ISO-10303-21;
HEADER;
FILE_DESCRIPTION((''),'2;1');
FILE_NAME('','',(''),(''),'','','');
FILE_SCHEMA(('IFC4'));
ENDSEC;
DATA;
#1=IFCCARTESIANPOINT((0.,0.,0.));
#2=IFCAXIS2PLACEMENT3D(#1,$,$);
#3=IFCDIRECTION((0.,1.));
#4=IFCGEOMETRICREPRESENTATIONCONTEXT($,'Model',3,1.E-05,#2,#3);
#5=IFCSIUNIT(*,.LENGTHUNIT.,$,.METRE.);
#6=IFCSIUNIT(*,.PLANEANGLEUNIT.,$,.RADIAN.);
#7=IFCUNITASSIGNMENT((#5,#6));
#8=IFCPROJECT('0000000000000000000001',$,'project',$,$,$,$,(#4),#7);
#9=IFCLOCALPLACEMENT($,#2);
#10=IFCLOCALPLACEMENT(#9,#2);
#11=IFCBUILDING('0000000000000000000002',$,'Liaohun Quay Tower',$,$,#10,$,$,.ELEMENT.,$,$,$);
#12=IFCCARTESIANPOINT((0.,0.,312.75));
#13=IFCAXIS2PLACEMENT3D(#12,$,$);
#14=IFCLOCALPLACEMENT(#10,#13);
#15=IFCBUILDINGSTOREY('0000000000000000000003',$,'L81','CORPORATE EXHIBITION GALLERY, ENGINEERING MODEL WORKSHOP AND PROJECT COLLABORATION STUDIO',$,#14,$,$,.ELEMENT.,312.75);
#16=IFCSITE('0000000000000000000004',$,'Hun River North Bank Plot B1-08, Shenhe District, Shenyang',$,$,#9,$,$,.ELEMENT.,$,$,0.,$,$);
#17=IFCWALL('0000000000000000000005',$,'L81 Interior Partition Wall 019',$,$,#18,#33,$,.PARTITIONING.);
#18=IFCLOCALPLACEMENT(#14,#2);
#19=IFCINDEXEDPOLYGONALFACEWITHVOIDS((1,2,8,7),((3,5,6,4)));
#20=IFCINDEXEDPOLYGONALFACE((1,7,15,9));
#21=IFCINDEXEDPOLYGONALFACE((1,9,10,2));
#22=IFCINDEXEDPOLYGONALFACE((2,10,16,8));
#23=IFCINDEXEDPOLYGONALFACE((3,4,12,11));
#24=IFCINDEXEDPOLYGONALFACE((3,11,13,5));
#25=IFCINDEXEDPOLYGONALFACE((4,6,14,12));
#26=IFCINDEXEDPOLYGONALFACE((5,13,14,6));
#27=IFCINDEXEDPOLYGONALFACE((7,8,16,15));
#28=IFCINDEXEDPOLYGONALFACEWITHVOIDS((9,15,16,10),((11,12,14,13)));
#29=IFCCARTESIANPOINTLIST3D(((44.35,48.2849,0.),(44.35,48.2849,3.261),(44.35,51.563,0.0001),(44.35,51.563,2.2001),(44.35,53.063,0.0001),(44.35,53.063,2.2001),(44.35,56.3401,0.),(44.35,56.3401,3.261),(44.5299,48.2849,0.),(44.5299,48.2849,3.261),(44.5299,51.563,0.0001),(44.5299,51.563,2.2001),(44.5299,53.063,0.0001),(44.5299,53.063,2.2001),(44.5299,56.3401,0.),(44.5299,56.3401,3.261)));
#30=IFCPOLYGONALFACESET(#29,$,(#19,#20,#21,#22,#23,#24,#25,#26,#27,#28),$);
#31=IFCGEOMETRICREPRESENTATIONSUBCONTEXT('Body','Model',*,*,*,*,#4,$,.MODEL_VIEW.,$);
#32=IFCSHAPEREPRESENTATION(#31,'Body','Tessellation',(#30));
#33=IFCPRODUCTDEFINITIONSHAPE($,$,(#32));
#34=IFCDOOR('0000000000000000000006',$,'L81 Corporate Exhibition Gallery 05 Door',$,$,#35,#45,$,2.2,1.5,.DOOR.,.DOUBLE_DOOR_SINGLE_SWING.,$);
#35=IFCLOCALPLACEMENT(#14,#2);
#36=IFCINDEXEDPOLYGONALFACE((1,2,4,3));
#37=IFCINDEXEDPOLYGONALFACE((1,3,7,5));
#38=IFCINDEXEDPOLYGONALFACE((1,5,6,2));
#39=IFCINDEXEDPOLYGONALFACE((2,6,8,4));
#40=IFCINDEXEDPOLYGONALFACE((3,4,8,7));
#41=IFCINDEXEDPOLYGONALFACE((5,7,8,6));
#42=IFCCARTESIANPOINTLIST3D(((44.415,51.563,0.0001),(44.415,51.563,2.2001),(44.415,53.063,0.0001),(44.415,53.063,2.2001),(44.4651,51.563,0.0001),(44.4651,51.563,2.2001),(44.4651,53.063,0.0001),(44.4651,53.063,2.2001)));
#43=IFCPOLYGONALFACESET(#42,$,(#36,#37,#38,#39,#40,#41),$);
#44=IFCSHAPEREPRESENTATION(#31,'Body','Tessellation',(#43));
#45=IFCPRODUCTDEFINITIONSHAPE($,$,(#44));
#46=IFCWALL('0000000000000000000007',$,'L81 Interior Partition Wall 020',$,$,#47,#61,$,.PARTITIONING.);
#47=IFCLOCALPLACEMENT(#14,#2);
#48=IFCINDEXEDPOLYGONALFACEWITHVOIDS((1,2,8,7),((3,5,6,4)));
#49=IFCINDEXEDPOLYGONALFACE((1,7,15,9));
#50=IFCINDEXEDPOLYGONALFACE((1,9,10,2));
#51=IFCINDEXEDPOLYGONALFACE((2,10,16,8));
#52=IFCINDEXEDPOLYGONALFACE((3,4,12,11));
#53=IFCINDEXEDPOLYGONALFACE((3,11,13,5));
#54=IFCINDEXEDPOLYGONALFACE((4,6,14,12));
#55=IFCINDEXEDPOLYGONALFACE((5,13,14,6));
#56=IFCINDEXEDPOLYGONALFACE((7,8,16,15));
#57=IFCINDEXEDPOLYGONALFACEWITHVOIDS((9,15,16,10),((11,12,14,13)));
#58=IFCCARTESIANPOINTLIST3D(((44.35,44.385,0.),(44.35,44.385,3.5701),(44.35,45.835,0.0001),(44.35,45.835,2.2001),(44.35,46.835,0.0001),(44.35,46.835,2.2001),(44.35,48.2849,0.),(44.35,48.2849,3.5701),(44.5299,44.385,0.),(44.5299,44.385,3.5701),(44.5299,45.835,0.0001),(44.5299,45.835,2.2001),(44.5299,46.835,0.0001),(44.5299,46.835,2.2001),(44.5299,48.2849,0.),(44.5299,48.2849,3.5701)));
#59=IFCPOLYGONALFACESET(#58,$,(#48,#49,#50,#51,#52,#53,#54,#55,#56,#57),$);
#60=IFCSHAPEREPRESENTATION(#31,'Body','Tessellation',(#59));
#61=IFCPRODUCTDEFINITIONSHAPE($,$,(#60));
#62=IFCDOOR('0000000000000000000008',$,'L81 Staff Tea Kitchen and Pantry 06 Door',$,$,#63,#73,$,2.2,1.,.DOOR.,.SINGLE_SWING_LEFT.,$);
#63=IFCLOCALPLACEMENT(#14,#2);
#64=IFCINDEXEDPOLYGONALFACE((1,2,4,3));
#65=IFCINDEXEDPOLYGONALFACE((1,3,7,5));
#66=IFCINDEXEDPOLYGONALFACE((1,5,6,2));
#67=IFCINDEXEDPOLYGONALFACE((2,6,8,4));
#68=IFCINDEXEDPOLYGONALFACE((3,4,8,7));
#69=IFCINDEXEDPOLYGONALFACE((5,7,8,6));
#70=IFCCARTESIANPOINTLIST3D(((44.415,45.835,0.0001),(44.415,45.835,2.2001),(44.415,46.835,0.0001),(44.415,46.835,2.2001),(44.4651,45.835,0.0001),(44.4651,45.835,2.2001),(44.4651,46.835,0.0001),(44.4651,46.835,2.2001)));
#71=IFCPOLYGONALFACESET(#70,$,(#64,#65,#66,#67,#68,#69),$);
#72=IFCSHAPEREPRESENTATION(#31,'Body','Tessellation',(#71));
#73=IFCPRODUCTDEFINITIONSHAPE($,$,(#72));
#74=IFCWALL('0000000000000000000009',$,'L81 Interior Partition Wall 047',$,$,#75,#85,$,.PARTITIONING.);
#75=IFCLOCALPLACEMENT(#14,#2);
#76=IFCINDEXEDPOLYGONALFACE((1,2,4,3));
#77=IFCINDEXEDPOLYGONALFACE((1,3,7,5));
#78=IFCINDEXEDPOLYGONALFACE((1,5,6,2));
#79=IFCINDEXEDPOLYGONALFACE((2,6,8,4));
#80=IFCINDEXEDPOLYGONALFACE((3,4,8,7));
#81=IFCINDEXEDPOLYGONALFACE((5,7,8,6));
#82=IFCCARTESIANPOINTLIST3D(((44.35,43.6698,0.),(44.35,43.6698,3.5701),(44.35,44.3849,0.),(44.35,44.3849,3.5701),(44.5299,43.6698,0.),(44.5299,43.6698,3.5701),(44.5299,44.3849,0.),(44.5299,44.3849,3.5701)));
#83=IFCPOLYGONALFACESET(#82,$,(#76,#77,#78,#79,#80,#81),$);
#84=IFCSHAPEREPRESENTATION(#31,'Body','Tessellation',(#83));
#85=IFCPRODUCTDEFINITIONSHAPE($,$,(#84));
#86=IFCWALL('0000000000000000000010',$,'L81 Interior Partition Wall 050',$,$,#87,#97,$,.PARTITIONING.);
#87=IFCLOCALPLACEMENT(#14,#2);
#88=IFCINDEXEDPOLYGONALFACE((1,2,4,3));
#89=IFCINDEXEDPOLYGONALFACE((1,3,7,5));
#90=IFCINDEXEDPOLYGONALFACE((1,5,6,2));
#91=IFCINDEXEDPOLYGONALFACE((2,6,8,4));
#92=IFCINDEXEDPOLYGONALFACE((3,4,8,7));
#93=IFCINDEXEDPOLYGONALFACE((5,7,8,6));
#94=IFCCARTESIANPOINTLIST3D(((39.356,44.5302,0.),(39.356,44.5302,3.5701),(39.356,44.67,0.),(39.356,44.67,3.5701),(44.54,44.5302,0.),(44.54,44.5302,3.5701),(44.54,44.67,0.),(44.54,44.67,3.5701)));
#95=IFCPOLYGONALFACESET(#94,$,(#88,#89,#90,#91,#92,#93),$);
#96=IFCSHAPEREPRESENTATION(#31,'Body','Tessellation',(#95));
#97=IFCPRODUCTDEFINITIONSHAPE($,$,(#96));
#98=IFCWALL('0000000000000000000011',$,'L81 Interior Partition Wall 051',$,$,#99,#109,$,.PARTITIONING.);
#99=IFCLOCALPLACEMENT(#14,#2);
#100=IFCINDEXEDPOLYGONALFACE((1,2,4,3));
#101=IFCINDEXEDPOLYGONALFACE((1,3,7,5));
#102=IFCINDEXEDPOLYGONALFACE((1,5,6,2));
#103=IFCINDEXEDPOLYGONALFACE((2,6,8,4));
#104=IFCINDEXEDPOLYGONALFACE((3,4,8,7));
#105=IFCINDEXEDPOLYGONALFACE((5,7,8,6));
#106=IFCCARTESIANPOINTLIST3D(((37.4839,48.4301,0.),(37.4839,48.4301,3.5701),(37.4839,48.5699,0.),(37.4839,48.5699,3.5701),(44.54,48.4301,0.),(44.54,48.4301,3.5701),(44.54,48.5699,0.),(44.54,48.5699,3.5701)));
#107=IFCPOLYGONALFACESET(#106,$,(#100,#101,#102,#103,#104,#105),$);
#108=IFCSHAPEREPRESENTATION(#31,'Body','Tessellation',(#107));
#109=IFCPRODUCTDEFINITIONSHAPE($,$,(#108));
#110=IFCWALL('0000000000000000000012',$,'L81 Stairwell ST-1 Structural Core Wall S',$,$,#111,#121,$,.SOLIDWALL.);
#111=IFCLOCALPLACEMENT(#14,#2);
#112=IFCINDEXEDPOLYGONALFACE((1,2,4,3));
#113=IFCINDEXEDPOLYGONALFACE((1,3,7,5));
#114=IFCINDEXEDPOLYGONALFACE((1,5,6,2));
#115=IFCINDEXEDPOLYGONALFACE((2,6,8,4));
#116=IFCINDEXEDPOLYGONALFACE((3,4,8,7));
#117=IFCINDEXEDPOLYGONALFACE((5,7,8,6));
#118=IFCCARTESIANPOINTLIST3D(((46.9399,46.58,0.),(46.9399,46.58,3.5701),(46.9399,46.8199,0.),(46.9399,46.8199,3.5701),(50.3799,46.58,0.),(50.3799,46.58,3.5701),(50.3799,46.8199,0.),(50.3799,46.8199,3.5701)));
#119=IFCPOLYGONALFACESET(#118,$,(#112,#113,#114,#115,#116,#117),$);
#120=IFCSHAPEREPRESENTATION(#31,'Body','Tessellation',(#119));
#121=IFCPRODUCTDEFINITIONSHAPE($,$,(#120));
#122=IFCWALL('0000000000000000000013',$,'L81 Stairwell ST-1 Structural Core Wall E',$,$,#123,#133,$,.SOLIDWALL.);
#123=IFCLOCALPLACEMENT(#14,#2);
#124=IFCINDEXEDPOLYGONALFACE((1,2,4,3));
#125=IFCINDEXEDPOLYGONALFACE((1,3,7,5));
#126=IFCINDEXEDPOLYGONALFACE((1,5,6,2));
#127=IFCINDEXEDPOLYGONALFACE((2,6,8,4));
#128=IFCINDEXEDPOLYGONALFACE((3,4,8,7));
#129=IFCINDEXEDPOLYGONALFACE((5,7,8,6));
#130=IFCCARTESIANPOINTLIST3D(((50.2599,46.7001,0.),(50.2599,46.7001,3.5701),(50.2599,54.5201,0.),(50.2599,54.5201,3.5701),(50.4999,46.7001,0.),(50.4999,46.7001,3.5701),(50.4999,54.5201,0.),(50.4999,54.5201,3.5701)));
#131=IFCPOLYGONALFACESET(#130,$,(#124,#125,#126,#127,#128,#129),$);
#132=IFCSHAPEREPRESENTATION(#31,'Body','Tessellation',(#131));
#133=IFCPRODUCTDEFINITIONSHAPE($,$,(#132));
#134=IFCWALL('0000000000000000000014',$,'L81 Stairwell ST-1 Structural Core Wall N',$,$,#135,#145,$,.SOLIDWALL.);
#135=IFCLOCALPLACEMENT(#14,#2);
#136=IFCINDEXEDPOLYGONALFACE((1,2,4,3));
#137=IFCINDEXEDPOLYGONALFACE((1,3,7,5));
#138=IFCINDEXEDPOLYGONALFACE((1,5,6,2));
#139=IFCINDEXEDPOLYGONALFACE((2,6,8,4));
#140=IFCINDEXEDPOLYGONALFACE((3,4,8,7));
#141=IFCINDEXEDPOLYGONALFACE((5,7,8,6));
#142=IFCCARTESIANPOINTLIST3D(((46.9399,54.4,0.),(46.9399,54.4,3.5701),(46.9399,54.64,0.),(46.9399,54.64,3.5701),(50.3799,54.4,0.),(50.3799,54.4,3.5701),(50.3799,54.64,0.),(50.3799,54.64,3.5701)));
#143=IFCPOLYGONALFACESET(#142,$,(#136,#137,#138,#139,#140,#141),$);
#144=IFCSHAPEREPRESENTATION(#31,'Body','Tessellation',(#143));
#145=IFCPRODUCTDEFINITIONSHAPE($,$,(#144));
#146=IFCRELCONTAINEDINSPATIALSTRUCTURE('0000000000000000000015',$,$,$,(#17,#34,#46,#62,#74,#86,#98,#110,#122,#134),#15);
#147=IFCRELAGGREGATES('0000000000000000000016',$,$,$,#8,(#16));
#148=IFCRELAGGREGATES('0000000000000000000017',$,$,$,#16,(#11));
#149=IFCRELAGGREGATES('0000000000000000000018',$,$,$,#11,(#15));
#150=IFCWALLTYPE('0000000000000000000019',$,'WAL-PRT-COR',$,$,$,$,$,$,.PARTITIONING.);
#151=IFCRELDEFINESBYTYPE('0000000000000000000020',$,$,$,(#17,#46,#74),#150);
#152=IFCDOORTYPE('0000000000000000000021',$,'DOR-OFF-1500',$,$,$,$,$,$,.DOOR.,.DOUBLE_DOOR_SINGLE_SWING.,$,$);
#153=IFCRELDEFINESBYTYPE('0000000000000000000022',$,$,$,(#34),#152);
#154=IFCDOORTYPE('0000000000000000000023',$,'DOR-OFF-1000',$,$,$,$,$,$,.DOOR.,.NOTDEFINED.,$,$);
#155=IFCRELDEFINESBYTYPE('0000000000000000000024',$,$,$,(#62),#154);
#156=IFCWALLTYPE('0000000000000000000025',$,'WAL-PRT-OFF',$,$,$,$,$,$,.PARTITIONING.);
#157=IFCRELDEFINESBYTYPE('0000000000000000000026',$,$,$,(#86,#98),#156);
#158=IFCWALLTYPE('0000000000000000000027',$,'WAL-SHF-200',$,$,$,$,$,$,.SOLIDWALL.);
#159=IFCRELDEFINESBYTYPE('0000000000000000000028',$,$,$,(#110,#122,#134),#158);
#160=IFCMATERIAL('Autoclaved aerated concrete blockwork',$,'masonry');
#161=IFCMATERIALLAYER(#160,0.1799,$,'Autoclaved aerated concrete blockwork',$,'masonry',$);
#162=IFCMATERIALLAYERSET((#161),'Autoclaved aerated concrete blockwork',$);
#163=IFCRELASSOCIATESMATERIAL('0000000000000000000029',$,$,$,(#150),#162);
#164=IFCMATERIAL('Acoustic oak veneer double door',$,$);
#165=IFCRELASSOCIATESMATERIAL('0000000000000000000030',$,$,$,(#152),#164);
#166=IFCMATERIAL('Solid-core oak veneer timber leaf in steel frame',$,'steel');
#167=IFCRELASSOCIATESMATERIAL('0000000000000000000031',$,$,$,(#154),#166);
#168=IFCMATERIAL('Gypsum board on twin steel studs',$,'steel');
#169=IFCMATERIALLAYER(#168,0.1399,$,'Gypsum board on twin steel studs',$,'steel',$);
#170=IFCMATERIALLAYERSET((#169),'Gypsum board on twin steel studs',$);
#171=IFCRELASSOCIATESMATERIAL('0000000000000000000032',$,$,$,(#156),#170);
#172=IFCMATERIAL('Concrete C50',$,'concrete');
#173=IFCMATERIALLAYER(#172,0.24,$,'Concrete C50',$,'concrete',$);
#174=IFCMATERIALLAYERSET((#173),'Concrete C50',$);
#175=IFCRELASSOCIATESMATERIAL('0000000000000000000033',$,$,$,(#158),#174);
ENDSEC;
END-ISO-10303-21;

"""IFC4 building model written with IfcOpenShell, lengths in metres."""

from ifc_helpers import new_model, si_unit, direction, frame, frame_2d, origin, place, context, subcontext, project, spatial, rectangle, extrude, source, transform, mapped, material, layer, layer_set, type_object, element, fill, save


model = new_model("IFC4")

# Units and contexts
model_context = context("Model", 3, precision=1e-05, world=origin(), true_north=direction((0.0, 1.0)))
body_context = subcontext(model_context, "Body", "Model", "MODEL_VIEW")
ifc_project = project(units=[si_unit("LENGTHUNIT", "METRE"), si_unit("PLANEANGLEUNIT", "RADIAN")], contexts=[model_context])

# Site, building, storey
site_placement = place(None, origin())
site = spatial("IfcSite", under=ifc_project, at=site_placement, Name="Hun River North Bank Plot B1-08, Shenhe District, Shenyang", CompositionType="ELEMENT", RefElevation=0.0)
building_placement = place(site_placement, origin())
building = spatial("IfcBuilding", under=site, at=building_placement, Name="Liaohun Quay Tower", CompositionType="ELEMENT")
storey_placement = place(building_placement, frame((0.0, 0.0, 312.75)))
storey = spatial("IfcBuildingStorey", under=building, at=storey_placement, Name="L81", Description="CORPORATE EXHIBITION GALLERY, ENGINEERING MODEL WORKSHOP AND PROJECT COLLABORATION STUDIO", CompositionType="ELEMENT", Elevation=312.75)

# Shared definitions
ifc_material_1 = material(Name="Concrete C50", Category="concrete")

# Walls, openings, doors
ifc_material_2 = material(Name="Autoclaved aerated concrete blockwork", Category="masonry")
ifc_layer_1 = layer(ifc_material_2, 0.1799, Name="Autoclaved aerated concrete blockwork", Category="masonry")
ifc_layer_set_1 = layer_set([ifc_layer_1], Name="Autoclaved aerated concrete blockwork")
wall_type_1 = type_object("IfcWallType", Name="WAL-PRT-COR", PredefinedType="PARTITIONING", material=ifc_layer_set_1)
wall_1_placement = place(storey_placement, frame((44.4399, 48.2849, 0.0), z_axis=(0.0, 0.0, 1.0), x_axis=(0.0, 1.0, 0.0)))
wall_1 = element("IfcWall", 1, at=wall_1_placement, inside=storey, type_object=wall_type_1, Name="L81 Interior Partition Wall 019", PredefinedType="PARTITIONING", context=body_context, shape_type="SweptSolid", body=[
    extrude(rectangle(XDim=8.0552, YDim=0.1799, at=frame_2d((4.0276, 0.0))), origin(), (0.0, 0.0, 1.0), 3.261),
])
shared_shape_1 = source(origin(), body_context, "Body", "SweptSolid", [
    extrude(rectangle(XDim=1.5, YDim=2.2, at=frame_2d((0.75, 1.1001))), frame((0.0, 0.0999, 0.0), z_axis=(0.0, -1.0, 0.0), x_axis=(1.0, 0.0, 0.0)), (0.0, 0.0, 1.0), 0.2),
])
opening_1_placement = place(wall_1_placement, frame((3.2781, 0.0, 0.0)))
opening_1 = element("IfcOpeningElement", 2, at=opening_1_placement, cuts=wall_1, PredefinedType="OPENING", context=body_context, shape_type="MappedRepresentation", body=[
    mapped(shared_shape_1, transform((0.0, 0.0, 0.0), x_axis=(1.0, 0.0, 0.0), y_axis=(0.0, 1.0, 0.0), z_axis=(0.0, 0.0, 1.0), scale=1.0)),
])
ifc_material_3 = material(Name="Acoustic oak veneer double door")
door_type_1 = type_object("IfcDoorType", Name="DOR-OFF-1500", OperationType="DOUBLE_DOOR_SINGLE_SWING", PredefinedType="DOOR", material=ifc_material_3)
shared_shape_2 = source(origin(), body_context, "Body", "SweptSolid", [
    extrude(rectangle(XDim=1.5, YDim=2.2, at=frame_2d((0.75, 1.1001))), frame((0.0, 0.0249, 0.0), z_axis=(0.0, -1.0, 0.0), x_axis=(1.0, 0.0, 0.0)), (0.0, 0.0, 1.0), 0.05),
])
door_1_placement = place(opening_1_placement, origin())
door_1 = element("IfcDoor", 3, at=door_1_placement, inside=storey, type_object=door_type_1, Name="L81 Corporate Exhibition Gallery 05 Door", OperationType="DOUBLE_DOOR_SINGLE_SWING", OverallHeight=2.2, OverallWidth=1.5, PredefinedType="DOOR", context=body_context, shape_type="MappedRepresentation", body=[
    mapped(shared_shape_2, transform((0.0, 0.0, 0.0), x_axis=(1.0, 0.0, 0.0), y_axis=(0.0, 1.0, 0.0), z_axis=(0.0, 0.0, 1.0), scale=1.0)),
])
fill(opening_1, door_1)
wall_2_placement = place(storey_placement, frame((44.4399, 44.385, 0.0), z_axis=(0.0, 0.0, 1.0), x_axis=(0.0, 1.0, 0.0)))
wall_2 = element("IfcWall", 4, at=wall_2_placement, inside=storey, type_object=wall_type_1, Name="L81 Interior Partition Wall 020", PredefinedType="PARTITIONING", context=body_context, shape_type="SweptSolid", body=[
    extrude(rectangle(XDim=3.8999, YDim=0.1799, at=frame_2d((1.95, 0.0))), origin(), (0.0, 0.0, 1.0), 3.5701),
])
shared_shape_3 = source(origin(), body_context, "Body", "SweptSolid", [
    extrude(rectangle(XDim=1.0, YDim=2.2, at=frame_2d((0.5, 1.1001))), frame((0.0, 0.0999, 0.0), z_axis=(0.0, -1.0, 0.0), x_axis=(1.0, 0.0, 0.0)), (0.0, 0.0, 1.0), 0.2),
])
opening_2_placement = place(wall_2_placement, frame((1.45, 0.0, 0.0)))
opening_2 = element("IfcOpeningElement", 5, at=opening_2_placement, cuts=wall_2, PredefinedType="OPENING", context=body_context, shape_type="MappedRepresentation", body=[
    mapped(shared_shape_3, transform((0.0, 0.0, 0.0), x_axis=(1.0, 0.0, 0.0), y_axis=(0.0, 1.0, 0.0), z_axis=(0.0, 0.0, 1.0), scale=1.0)),
])
ifc_material_4 = material(Name="Solid-core oak veneer timber leaf in steel frame", Category="steel")
door_type_2 = type_object("IfcDoorType", Name="DOR-OFF-1000", OperationType="NOTDEFINED", PredefinedType="DOOR", material=ifc_material_4)
shared_shape_4 = source(origin(), body_context, "Body", "SweptSolid", [
    extrude(rectangle(XDim=1.0, YDim=2.2, at=frame_2d((0.5, 1.1001))), frame((0.0, 0.0249, 0.0), z_axis=(0.0, -1.0, 0.0), x_axis=(1.0, 0.0, 0.0)), (0.0, 0.0, 1.0), 0.05),
])
door_2_placement = place(opening_2_placement, origin())
door_2 = element("IfcDoor", 6, at=door_2_placement, inside=storey, type_object=door_type_2, Name="L81 Staff Tea Kitchen and Pantry 06 Door", OperationType="SINGLE_SWING_LEFT", OverallHeight=2.2, OverallWidth=1.0, PredefinedType="DOOR", context=body_context, shape_type="MappedRepresentation", body=[
    mapped(shared_shape_4, transform((0.0, 0.0, 0.0), x_axis=(1.0, 0.0, 0.0), y_axis=(0.0, 1.0, 0.0), z_axis=(0.0, 0.0, 1.0), scale=1.0)),
])
fill(opening_2, door_2)

# Walls
wall_3_placement = place(storey_placement, frame((44.4399, 43.6699, 0.0), z_axis=(0.0, 0.0, 1.0), x_axis=(0.0, 1.0, 0.0)))
element("IfcWall", 7, at=wall_3_placement, inside=storey, type_object=wall_type_1, Name="L81 Interior Partition Wall 047", PredefinedType="PARTITIONING", context=body_context, shape_type="SweptSolid", body=[
    extrude(rectangle(XDim=0.7151, YDim=0.1799, at=frame_2d((0.3574, 0.0))), origin(), (0.0, 0.0, 1.0), 3.5701),
])
ifc_material_5 = material(Name="Gypsum board on twin steel studs", Category="steel")
ifc_layer_2 = layer(ifc_material_5, 0.1399, Name="Gypsum board on twin steel studs", Category="steel")
ifc_layer_set_2 = layer_set([ifc_layer_2], Name="Gypsum board on twin steel studs")
wall_type_2 = type_object("IfcWallType", Name="WAL-PRT-OFF", PredefinedType="PARTITIONING", material=ifc_layer_set_2)
wall_4_placement = place(storey_placement, frame((44.54, 44.6001, 0.0), z_axis=(0.0, 0.0, 1.0), x_axis=(-1.0, 0.0, 0.0)))
element("IfcWall", 8, at=wall_4_placement, inside=storey, type_object=wall_type_2, Name="L81 Interior Partition Wall 050", PredefinedType="PARTITIONING", context=body_context, shape_type="SweptSolid", body=[
    extrude(rectangle(XDim=5.1841, YDim=0.1399, at=frame_2d((2.592, 0.0))), origin(), (0.0, 0.0, 1.0), 3.5701),
])
wall_5_placement = place(storey_placement, frame((44.54, 48.5, 0.0), z_axis=(0.0, 0.0, 1.0), x_axis=(-1.0, 0.0, 0.0)))
element("IfcWall", 9, at=wall_5_placement, inside=storey, type_object=wall_type_2, Name="L81 Interior Partition Wall 051", PredefinedType="PARTITIONING", context=body_context, shape_type="SweptSolid", body=[
    extrude(rectangle(XDim=7.0562, YDim=0.1399, at=frame_2d((3.5281, 0.0))), origin(), (0.0, 0.0, 1.0), 3.5701),
])
ifc_layer_3 = layer(ifc_material_1, 0.24, Name="Concrete C50", Category="concrete")
ifc_layer_set_3 = layer_set([ifc_layer_3], Name="Concrete C50")
wall_type_3 = type_object("IfcWallType", Name="WAL-SHF-200", PredefinedType="SOLIDWALL", material=ifc_layer_set_3)
wall_6_placement = place(storey_placement, frame((46.9399, 46.7, 0.0), z_axis=(0.0, 0.0, 1.0), x_axis=(1.0, 0.0, 0.0)))
element("IfcWall", 10, at=wall_6_placement, inside=storey, type_object=wall_type_3, Name="L81 Stairwell ST-1 Structural Core Wall S", PredefinedType="SOLIDWALL", context=body_context, shape_type="SweptSolid", body=[
    extrude(rectangle(XDim=3.4399, YDim=0.24, at=frame_2d((1.72, 0.0))), origin(), (0.0, 0.0, 1.0), 3.5701),
])
wall_7_placement = place(storey_placement, frame((50.3799, 46.7, 0.0), z_axis=(0.0, 0.0, 1.0), x_axis=(0.0, 1.0, 0.0)))
element("IfcWall", 11, at=wall_7_placement, inside=storey, type_object=wall_type_3, Name="L81 Stairwell ST-1 Structural Core Wall E", PredefinedType="SOLIDWALL", context=body_context, shape_type="SweptSolid", body=[
    extrude(rectangle(XDim=7.8201, YDim=0.24, at=frame_2d((3.9102, 0.0))), origin(), (0.0, 0.0, 1.0), 3.5701),
])
wall_8_placement = place(storey_placement, frame((50.3799, 54.52, 0.0), z_axis=(0.0, 0.0, 1.0), x_axis=(-1.0, 0.0, 0.0)))
element("IfcWall", 12, at=wall_8_placement, inside=storey, type_object=wall_type_3, Name="L81 Stairwell ST-1 Structural Core Wall N", PredefinedType="SOLIDWALL", context=body_context, shape_type="SweptSolid", body=[
    extrude(rectangle(XDim=3.4399, YDim=0.24, at=frame_2d((1.72, 0.0))), origin(), (0.0, 0.0, 1.0), 3.5701),
])

save(model, "model.ifc")
